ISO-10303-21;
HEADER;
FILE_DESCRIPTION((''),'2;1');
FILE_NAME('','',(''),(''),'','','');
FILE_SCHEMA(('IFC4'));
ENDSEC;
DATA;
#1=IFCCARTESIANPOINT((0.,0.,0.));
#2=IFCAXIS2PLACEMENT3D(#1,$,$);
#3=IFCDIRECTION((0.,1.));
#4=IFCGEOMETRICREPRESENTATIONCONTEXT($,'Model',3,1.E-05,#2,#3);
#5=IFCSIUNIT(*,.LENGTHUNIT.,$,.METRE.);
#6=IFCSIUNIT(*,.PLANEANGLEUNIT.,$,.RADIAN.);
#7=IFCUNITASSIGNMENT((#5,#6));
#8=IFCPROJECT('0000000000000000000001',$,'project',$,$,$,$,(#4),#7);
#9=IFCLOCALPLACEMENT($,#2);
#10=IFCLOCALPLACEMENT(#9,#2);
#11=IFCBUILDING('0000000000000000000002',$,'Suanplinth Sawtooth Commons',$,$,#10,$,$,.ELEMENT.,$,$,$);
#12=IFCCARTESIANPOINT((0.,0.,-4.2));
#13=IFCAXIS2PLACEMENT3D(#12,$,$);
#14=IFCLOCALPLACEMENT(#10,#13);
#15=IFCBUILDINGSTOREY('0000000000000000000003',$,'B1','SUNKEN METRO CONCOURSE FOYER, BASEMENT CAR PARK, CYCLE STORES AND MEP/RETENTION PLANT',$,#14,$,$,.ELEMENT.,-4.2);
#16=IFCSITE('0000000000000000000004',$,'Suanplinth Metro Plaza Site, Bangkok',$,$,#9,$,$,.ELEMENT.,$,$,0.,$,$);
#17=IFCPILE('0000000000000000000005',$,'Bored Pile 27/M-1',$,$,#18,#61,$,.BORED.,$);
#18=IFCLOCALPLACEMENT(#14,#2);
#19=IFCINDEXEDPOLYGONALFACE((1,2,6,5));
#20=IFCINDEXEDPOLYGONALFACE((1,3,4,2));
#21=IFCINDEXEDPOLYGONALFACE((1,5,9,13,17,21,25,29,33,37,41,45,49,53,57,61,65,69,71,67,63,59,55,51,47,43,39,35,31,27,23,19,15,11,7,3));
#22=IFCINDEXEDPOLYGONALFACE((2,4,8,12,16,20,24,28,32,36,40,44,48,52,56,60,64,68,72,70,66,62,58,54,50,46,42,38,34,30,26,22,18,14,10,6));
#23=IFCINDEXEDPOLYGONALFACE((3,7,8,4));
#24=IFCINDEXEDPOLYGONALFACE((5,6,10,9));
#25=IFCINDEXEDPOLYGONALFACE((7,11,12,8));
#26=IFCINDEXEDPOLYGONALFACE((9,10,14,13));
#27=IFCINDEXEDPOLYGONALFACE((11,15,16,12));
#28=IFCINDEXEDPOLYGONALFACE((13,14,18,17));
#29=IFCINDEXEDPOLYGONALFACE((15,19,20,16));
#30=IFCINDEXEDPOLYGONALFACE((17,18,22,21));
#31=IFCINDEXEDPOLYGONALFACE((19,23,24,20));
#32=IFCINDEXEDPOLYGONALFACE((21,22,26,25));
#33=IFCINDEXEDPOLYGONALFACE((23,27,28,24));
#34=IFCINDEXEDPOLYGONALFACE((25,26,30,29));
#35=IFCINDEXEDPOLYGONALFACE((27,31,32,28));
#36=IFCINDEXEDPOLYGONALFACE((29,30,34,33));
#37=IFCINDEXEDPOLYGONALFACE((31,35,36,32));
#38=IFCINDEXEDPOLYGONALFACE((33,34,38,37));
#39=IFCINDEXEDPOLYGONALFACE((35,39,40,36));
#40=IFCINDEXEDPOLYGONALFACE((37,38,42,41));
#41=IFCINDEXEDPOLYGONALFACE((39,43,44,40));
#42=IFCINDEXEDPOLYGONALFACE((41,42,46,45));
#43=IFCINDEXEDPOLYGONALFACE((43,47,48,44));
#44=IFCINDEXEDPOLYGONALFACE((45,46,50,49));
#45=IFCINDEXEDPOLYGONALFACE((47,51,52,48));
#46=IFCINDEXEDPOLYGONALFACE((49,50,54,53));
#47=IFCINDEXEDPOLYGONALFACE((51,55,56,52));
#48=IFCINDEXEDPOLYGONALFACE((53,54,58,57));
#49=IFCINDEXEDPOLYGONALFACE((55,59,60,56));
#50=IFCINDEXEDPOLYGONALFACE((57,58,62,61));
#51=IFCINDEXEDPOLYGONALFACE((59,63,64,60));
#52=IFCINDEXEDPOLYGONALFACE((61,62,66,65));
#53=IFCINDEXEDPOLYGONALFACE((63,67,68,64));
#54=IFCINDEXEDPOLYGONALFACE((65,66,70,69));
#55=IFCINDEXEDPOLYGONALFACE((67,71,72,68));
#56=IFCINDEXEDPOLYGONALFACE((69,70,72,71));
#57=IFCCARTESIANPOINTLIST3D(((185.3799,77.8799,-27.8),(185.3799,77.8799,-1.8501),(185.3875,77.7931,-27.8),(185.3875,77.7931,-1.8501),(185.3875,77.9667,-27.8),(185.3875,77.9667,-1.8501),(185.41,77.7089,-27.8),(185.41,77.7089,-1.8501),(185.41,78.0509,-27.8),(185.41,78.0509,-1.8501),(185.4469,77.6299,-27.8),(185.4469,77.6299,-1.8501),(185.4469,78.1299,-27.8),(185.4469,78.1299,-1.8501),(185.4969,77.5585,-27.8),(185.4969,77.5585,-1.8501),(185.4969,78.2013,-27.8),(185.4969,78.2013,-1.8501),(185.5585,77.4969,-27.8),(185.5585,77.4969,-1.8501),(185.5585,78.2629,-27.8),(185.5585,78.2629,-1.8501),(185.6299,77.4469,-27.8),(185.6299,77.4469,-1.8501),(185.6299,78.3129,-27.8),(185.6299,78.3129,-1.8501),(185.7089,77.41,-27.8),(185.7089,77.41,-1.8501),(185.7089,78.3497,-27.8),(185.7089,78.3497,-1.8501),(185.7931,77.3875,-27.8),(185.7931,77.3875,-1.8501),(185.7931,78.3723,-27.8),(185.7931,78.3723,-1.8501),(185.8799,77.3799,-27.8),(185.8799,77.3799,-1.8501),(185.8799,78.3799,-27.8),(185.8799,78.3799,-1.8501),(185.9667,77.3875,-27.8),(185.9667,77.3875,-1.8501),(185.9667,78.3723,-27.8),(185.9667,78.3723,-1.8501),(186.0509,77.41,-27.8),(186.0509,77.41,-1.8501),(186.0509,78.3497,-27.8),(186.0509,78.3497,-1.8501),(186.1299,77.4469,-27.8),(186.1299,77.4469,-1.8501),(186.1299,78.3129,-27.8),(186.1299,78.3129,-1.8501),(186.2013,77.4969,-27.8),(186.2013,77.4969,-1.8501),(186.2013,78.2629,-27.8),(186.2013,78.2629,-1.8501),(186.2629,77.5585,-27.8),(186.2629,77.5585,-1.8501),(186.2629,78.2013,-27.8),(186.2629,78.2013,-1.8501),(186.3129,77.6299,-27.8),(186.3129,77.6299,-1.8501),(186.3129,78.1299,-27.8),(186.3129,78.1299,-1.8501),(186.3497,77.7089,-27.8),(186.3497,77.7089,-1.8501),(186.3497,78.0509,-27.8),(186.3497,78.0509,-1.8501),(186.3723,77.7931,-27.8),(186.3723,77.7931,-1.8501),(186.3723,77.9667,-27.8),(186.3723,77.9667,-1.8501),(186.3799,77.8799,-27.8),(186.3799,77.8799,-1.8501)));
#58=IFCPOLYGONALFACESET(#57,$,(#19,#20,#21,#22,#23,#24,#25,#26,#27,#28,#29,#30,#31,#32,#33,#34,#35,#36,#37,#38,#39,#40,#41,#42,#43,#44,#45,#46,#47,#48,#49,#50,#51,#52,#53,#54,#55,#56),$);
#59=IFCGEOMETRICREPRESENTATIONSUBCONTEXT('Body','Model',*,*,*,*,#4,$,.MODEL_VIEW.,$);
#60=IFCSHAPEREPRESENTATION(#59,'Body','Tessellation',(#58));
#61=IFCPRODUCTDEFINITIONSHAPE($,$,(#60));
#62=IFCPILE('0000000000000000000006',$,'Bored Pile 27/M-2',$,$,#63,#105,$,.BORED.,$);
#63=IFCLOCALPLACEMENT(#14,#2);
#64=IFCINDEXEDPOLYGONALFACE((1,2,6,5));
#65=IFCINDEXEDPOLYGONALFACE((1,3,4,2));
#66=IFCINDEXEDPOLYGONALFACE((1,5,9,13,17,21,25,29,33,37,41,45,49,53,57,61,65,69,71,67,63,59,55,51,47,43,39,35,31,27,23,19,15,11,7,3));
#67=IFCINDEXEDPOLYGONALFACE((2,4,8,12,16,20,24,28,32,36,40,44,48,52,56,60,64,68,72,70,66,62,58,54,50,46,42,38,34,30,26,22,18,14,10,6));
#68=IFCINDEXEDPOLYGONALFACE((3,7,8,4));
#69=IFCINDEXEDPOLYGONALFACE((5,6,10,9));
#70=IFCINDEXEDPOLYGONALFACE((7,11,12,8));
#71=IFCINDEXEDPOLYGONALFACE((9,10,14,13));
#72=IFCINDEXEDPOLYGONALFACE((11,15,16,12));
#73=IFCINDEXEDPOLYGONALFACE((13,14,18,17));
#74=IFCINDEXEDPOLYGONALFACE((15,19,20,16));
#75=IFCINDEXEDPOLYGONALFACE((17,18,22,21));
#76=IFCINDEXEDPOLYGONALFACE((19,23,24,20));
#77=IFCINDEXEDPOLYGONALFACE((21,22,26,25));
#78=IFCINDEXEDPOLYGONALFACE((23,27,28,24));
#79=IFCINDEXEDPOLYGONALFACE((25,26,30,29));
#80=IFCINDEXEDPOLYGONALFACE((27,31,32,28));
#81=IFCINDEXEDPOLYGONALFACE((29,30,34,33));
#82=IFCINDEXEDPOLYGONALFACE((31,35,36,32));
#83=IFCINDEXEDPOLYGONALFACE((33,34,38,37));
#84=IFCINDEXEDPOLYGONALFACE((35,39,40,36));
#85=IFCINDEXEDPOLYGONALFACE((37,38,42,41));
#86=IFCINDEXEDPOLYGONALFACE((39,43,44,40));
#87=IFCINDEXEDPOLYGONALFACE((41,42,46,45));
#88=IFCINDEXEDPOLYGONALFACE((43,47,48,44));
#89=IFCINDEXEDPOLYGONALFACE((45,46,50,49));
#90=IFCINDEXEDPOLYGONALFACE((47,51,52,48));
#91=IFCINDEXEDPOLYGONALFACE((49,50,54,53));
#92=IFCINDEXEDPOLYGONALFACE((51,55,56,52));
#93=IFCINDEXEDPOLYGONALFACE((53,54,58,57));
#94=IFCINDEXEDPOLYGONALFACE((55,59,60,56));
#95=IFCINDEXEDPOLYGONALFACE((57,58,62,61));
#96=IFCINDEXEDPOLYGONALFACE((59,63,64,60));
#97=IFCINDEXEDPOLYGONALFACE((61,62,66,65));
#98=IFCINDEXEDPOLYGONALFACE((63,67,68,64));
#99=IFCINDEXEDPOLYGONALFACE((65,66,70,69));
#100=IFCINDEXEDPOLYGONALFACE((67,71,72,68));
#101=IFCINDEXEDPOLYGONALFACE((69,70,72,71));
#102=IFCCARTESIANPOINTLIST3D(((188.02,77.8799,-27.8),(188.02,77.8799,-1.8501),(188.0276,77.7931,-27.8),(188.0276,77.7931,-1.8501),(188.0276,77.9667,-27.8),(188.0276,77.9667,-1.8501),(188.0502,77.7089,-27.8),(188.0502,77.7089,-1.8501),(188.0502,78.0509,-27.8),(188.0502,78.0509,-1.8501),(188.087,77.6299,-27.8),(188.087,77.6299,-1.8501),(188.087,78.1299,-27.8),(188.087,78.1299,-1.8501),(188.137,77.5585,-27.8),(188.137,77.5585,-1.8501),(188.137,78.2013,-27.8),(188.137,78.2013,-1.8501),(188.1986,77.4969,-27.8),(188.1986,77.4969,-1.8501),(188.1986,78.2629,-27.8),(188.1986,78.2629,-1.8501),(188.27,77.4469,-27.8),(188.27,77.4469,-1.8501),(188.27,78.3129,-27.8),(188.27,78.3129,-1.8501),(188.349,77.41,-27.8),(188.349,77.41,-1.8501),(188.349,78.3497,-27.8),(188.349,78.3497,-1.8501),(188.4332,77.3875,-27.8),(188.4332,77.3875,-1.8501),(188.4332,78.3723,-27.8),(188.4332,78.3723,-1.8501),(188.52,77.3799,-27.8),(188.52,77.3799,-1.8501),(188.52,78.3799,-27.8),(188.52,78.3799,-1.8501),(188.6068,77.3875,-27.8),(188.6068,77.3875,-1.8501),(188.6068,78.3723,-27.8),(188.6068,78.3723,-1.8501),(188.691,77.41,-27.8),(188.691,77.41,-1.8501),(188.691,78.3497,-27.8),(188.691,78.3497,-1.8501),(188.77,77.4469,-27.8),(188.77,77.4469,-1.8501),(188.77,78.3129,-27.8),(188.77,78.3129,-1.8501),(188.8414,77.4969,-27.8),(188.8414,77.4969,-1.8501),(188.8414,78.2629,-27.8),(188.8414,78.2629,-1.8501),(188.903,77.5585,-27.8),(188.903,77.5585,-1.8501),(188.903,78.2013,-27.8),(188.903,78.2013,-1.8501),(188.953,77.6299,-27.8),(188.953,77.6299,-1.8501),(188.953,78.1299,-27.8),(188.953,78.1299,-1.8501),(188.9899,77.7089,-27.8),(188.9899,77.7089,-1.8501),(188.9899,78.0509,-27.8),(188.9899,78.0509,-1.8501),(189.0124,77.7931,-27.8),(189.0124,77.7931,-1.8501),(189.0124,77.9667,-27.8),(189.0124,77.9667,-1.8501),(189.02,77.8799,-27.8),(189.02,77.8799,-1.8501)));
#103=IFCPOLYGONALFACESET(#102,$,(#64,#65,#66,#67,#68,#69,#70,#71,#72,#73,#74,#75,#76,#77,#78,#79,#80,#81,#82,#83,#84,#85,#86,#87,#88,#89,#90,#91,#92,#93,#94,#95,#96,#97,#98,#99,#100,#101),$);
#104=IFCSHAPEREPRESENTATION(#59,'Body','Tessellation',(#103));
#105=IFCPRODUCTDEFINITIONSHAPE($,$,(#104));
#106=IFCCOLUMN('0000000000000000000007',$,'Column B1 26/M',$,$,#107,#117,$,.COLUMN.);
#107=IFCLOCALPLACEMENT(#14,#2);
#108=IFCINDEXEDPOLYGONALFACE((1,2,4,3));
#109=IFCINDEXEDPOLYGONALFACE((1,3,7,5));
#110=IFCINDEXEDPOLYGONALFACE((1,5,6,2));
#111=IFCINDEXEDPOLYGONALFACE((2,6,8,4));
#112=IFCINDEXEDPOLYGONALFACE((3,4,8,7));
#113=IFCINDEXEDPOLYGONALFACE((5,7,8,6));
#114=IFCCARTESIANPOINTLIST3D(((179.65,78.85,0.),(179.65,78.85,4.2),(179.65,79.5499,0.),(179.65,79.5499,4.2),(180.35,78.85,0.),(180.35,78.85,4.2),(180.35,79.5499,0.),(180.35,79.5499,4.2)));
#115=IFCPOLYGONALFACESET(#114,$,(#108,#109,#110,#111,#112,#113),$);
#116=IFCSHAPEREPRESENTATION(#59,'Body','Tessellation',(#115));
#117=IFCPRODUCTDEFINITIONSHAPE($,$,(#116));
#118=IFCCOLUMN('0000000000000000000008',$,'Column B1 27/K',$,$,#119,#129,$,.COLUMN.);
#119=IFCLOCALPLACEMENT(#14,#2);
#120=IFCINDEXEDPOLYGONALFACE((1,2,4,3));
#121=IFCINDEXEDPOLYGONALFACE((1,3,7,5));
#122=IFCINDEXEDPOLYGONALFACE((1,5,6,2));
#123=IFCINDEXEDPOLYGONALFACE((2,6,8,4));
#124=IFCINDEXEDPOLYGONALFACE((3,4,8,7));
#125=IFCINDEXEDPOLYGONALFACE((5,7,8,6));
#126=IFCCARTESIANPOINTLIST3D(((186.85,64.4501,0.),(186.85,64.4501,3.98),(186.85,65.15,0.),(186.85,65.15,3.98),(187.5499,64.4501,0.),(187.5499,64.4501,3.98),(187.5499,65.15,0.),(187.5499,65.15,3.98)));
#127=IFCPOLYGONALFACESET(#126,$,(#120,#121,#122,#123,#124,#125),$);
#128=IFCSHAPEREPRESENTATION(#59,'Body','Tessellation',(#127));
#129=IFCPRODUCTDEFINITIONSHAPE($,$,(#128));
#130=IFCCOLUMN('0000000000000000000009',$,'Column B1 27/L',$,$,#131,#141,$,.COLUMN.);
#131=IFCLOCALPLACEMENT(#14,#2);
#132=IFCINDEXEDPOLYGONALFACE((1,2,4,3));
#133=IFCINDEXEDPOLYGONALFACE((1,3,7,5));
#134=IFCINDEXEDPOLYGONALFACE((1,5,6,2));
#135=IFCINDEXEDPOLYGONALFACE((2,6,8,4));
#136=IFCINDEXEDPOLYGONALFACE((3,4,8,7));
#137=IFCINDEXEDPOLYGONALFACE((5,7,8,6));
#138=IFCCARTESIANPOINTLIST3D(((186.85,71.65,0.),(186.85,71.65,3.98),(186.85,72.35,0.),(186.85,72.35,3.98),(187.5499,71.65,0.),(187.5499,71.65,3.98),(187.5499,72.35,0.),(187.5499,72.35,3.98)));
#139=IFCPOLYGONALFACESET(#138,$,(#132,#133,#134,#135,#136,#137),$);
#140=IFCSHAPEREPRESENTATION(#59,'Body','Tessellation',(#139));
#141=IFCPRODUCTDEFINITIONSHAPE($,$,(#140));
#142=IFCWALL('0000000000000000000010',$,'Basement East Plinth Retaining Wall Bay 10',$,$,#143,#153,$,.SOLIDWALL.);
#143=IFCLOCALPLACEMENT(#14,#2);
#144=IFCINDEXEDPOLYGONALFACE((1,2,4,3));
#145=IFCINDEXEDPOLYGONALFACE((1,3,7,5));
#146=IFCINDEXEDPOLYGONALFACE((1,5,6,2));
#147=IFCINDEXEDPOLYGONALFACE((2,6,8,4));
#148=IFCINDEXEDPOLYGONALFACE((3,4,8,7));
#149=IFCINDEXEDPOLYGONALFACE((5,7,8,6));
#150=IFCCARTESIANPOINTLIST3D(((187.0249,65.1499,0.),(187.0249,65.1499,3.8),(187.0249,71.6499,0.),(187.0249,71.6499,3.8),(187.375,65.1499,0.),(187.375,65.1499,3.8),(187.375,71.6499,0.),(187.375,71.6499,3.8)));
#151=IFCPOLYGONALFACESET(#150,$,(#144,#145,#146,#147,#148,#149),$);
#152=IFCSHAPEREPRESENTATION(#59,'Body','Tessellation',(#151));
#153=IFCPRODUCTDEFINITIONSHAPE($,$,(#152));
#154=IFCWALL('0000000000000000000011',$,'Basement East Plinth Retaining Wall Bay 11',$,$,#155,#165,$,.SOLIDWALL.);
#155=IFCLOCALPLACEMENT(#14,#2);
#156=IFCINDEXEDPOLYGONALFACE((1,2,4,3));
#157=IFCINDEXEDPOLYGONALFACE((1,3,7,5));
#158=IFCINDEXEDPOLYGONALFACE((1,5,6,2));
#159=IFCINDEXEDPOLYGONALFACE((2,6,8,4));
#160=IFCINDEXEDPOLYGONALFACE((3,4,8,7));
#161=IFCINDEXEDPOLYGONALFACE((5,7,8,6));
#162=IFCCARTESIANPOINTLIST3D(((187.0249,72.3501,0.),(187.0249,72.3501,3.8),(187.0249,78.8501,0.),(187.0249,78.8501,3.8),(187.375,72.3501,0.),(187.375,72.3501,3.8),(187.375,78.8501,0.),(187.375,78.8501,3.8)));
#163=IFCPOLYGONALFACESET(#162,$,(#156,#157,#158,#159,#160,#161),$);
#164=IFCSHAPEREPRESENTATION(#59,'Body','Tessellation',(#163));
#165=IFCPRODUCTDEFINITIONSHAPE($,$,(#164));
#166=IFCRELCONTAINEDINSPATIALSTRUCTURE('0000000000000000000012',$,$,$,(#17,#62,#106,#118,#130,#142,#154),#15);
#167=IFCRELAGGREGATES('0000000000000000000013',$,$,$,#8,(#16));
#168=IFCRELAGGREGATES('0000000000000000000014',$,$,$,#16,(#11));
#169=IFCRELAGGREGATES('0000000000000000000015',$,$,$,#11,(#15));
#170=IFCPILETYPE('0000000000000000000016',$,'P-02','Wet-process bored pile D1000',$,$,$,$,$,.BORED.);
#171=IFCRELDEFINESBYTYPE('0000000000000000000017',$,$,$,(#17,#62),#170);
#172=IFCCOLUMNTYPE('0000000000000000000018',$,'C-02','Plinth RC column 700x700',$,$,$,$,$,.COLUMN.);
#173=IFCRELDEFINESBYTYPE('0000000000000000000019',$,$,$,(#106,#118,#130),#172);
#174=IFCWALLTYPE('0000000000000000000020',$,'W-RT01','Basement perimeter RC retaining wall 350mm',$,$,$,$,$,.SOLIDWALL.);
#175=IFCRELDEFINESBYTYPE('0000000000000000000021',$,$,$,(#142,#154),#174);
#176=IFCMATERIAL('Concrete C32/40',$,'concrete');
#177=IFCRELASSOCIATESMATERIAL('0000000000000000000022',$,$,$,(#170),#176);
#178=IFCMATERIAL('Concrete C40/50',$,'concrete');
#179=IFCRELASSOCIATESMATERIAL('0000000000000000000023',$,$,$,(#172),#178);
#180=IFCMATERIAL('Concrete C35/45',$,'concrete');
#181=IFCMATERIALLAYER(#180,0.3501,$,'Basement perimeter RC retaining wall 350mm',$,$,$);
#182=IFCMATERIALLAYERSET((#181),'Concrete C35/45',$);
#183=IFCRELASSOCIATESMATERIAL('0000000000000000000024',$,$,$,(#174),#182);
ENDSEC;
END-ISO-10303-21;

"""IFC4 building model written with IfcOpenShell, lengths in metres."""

from ifc_helpers import new_model, si_unit, direction, frame, frame_2d, origin, origin_2d, place, context, subcontext, project, spatial, rectangle, circle, extrude, material, layer, layer_set, material_profile, profile_set, type_object, element, save


model = new_model("IFC4")

# Units and contexts
model_context = context("Model", 3, precision=1e-05, world=origin(), true_north=direction((0.0, 1.0)))
body_context = subcontext(model_context, "Body", "Model", "MODEL_VIEW")
ifc_project = project(units=[si_unit("LENGTHUNIT", "METRE"), si_unit("PLANEANGLEUNIT", "RADIAN")], contexts=[model_context])

# Site, building, storey
site_placement = place(None, origin())
site = spatial("IfcSite", under=ifc_project, at=site_placement, Name="Suanplinth Metro Plaza Site, Bangkok", CompositionType="ELEMENT", RefElevation=0.0)
building_placement = place(site_placement, origin())
building = spatial("IfcBuilding", under=site, at=building_placement, Name="Suanplinth Sawtooth Commons", CompositionType="ELEMENT")
storey_placement = place(building_placement, frame((0.0, 0.0, -4.2)))
storey = spatial("IfcBuildingStorey", under=building, at=storey_placement, Name="B1", Description="SUNKEN METRO CONCOURSE FOYER, BASEMENT CAR PARK, CYCLE STORES AND MEP/RETENTION PLANT", CompositionType="ELEMENT", Elevation=-4.2)

# Shared definitions
ifc_material_1 = material(Name="Concrete C35/45", Category="concrete")

# Piles
ifc_material_2 = material(Name="Concrete C32/40", Category="concrete")
ifc_material_profile_1 = material_profile(ifc_material_2, circle(Radius=0.5, at=origin_2d()), Name="PILE D1000")
ifc_profile_set_1 = profile_set([ifc_material_profile_1], Name="Concrete C32/40")
pile_type_1 = type_object("IfcPileType", Name="P-02", Description="Wet-process bored pile D1000", PredefinedType="BORED", material=ifc_profile_set_1)
for number, where, z_axis, x_axis, name in (
    (1, (185.8799, 77.8799, -1.8501), (0.0, 0.0, -1.0), (1.0, 0.0, 0.0), "Bored Pile 27/M-1"),
    (2, (188.52, 77.8799, -1.8501), (0.0, 0.0, -1.0), (1.0, 0.0, 0.0), "Bored Pile 27/M-2"),
):
    element("IfcPile", number, at=place(storey_placement, frame(where, z_axis=z_axis, x_axis=x_axis)), inside=storey, type_object=pile_type_1, Name=name, PredefinedType="BORED", context=body_context, shape_type="SweptSolid", body=[
        extrude(circle(Radius=0.5, at=origin_2d()), origin(), (0.0, 0.0, 1.0), 25.95),
    ])

# Columns
ifc_material_3 = material(Name="Concrete C40/50", Category="concrete")
ifc_material_profile_2 = material_profile(ifc_material_3, rectangle(XDim=0.7, YDim=0.7, at=origin_2d()), Name="RC-COL 700x700")
ifc_profile_set_2 = profile_set([ifc_material_profile_2], Name="Concrete C40/50")
column_type = type_object("IfcColumnType", Name="C-02", Description="Plinth RC column 700x700", PredefinedType="COLUMN", material=ifc_profile_set_2)
column_placement = place(storey_placement, frame((180.0, 79.2, 0.0), z_axis=(0.0, 0.0, 1.0), x_axis=(1.0, 0.0, 0.0)))
element("IfcColumn", 3, at=column_placement, inside=storey, type_object=column_type, Name="Column B1 26/M", PredefinedType="COLUMN", context=body_context, shape_type="SweptSolid", body=[
    extrude(rectangle(XDim=0.7, YDim=0.7, at=origin_2d()), origin(), (0.0, 0.0, 1.0), 4.2),
])
for number, where, z_axis, x_axis, name in (
    (4, (187.2, 64.8, 0.0), (0.0, 0.0, 1.0), (1.0, 0.0, 0.0), "Column B1 27/K"),
    (5, (187.2, 72.0, 0.0), (0.0, 0.0, 1.0), (1.0, 0.0, 0.0), "Column B1 27/L"),
):
    element("IfcColumn", number, at=place(storey_placement, frame(where, z_axis=z_axis, x_axis=x_axis)), inside=storey, type_object=column_type, Name=name, PredefinedType="COLUMN", context=body_context, shape_type="SweptSolid", body=[
        extrude(rectangle(XDim=0.7, YDim=0.7, at=origin_2d()), origin(), (0.0, 0.0, 1.0), 3.98),
    ])

# Walls
ifc_layer = layer(ifc_material_1, 0.3501, Name="Basement perimeter RC retaining wall 350mm")
ifc_layer_set = layer_set([ifc_layer], Name="Concrete C35/45")
wall_type = type_object("IfcWallType", Name="W-RT01", Description="Basement perimeter RC retaining wall 350mm", PredefinedType="SOLIDWALL", material=ifc_layer_set)
for number, where, z_axis, x_axis, name in (
    (6, (187.2, 65.1499, 0.0), (0.0, 0.0, 1.0), (0.0, 1.0, 0.0), "Basement East Plinth Retaining Wall Bay 10"),
    (7, (187.2, 72.3501, 0.0), (0.0, 0.0, 1.0), (0.0, 1.0, 0.0), "Basement East Plinth Retaining Wall Bay 11"),
):
    element("IfcWall", number, at=place(storey_placement, frame(where, z_axis=z_axis, x_axis=x_axis)), inside=storey, type_object=wall_type, Name=name, PredefinedType="SOLIDWALL", context=body_context, shape_type="SweptSolid", body=[
        extrude(rectangle(XDim=6.5, YDim=0.3501, at=frame_2d((3.25, 0.0))), origin(), (0.0, 0.0, 1.0), 3.8),
    ])

save(model, "model.ifc")
